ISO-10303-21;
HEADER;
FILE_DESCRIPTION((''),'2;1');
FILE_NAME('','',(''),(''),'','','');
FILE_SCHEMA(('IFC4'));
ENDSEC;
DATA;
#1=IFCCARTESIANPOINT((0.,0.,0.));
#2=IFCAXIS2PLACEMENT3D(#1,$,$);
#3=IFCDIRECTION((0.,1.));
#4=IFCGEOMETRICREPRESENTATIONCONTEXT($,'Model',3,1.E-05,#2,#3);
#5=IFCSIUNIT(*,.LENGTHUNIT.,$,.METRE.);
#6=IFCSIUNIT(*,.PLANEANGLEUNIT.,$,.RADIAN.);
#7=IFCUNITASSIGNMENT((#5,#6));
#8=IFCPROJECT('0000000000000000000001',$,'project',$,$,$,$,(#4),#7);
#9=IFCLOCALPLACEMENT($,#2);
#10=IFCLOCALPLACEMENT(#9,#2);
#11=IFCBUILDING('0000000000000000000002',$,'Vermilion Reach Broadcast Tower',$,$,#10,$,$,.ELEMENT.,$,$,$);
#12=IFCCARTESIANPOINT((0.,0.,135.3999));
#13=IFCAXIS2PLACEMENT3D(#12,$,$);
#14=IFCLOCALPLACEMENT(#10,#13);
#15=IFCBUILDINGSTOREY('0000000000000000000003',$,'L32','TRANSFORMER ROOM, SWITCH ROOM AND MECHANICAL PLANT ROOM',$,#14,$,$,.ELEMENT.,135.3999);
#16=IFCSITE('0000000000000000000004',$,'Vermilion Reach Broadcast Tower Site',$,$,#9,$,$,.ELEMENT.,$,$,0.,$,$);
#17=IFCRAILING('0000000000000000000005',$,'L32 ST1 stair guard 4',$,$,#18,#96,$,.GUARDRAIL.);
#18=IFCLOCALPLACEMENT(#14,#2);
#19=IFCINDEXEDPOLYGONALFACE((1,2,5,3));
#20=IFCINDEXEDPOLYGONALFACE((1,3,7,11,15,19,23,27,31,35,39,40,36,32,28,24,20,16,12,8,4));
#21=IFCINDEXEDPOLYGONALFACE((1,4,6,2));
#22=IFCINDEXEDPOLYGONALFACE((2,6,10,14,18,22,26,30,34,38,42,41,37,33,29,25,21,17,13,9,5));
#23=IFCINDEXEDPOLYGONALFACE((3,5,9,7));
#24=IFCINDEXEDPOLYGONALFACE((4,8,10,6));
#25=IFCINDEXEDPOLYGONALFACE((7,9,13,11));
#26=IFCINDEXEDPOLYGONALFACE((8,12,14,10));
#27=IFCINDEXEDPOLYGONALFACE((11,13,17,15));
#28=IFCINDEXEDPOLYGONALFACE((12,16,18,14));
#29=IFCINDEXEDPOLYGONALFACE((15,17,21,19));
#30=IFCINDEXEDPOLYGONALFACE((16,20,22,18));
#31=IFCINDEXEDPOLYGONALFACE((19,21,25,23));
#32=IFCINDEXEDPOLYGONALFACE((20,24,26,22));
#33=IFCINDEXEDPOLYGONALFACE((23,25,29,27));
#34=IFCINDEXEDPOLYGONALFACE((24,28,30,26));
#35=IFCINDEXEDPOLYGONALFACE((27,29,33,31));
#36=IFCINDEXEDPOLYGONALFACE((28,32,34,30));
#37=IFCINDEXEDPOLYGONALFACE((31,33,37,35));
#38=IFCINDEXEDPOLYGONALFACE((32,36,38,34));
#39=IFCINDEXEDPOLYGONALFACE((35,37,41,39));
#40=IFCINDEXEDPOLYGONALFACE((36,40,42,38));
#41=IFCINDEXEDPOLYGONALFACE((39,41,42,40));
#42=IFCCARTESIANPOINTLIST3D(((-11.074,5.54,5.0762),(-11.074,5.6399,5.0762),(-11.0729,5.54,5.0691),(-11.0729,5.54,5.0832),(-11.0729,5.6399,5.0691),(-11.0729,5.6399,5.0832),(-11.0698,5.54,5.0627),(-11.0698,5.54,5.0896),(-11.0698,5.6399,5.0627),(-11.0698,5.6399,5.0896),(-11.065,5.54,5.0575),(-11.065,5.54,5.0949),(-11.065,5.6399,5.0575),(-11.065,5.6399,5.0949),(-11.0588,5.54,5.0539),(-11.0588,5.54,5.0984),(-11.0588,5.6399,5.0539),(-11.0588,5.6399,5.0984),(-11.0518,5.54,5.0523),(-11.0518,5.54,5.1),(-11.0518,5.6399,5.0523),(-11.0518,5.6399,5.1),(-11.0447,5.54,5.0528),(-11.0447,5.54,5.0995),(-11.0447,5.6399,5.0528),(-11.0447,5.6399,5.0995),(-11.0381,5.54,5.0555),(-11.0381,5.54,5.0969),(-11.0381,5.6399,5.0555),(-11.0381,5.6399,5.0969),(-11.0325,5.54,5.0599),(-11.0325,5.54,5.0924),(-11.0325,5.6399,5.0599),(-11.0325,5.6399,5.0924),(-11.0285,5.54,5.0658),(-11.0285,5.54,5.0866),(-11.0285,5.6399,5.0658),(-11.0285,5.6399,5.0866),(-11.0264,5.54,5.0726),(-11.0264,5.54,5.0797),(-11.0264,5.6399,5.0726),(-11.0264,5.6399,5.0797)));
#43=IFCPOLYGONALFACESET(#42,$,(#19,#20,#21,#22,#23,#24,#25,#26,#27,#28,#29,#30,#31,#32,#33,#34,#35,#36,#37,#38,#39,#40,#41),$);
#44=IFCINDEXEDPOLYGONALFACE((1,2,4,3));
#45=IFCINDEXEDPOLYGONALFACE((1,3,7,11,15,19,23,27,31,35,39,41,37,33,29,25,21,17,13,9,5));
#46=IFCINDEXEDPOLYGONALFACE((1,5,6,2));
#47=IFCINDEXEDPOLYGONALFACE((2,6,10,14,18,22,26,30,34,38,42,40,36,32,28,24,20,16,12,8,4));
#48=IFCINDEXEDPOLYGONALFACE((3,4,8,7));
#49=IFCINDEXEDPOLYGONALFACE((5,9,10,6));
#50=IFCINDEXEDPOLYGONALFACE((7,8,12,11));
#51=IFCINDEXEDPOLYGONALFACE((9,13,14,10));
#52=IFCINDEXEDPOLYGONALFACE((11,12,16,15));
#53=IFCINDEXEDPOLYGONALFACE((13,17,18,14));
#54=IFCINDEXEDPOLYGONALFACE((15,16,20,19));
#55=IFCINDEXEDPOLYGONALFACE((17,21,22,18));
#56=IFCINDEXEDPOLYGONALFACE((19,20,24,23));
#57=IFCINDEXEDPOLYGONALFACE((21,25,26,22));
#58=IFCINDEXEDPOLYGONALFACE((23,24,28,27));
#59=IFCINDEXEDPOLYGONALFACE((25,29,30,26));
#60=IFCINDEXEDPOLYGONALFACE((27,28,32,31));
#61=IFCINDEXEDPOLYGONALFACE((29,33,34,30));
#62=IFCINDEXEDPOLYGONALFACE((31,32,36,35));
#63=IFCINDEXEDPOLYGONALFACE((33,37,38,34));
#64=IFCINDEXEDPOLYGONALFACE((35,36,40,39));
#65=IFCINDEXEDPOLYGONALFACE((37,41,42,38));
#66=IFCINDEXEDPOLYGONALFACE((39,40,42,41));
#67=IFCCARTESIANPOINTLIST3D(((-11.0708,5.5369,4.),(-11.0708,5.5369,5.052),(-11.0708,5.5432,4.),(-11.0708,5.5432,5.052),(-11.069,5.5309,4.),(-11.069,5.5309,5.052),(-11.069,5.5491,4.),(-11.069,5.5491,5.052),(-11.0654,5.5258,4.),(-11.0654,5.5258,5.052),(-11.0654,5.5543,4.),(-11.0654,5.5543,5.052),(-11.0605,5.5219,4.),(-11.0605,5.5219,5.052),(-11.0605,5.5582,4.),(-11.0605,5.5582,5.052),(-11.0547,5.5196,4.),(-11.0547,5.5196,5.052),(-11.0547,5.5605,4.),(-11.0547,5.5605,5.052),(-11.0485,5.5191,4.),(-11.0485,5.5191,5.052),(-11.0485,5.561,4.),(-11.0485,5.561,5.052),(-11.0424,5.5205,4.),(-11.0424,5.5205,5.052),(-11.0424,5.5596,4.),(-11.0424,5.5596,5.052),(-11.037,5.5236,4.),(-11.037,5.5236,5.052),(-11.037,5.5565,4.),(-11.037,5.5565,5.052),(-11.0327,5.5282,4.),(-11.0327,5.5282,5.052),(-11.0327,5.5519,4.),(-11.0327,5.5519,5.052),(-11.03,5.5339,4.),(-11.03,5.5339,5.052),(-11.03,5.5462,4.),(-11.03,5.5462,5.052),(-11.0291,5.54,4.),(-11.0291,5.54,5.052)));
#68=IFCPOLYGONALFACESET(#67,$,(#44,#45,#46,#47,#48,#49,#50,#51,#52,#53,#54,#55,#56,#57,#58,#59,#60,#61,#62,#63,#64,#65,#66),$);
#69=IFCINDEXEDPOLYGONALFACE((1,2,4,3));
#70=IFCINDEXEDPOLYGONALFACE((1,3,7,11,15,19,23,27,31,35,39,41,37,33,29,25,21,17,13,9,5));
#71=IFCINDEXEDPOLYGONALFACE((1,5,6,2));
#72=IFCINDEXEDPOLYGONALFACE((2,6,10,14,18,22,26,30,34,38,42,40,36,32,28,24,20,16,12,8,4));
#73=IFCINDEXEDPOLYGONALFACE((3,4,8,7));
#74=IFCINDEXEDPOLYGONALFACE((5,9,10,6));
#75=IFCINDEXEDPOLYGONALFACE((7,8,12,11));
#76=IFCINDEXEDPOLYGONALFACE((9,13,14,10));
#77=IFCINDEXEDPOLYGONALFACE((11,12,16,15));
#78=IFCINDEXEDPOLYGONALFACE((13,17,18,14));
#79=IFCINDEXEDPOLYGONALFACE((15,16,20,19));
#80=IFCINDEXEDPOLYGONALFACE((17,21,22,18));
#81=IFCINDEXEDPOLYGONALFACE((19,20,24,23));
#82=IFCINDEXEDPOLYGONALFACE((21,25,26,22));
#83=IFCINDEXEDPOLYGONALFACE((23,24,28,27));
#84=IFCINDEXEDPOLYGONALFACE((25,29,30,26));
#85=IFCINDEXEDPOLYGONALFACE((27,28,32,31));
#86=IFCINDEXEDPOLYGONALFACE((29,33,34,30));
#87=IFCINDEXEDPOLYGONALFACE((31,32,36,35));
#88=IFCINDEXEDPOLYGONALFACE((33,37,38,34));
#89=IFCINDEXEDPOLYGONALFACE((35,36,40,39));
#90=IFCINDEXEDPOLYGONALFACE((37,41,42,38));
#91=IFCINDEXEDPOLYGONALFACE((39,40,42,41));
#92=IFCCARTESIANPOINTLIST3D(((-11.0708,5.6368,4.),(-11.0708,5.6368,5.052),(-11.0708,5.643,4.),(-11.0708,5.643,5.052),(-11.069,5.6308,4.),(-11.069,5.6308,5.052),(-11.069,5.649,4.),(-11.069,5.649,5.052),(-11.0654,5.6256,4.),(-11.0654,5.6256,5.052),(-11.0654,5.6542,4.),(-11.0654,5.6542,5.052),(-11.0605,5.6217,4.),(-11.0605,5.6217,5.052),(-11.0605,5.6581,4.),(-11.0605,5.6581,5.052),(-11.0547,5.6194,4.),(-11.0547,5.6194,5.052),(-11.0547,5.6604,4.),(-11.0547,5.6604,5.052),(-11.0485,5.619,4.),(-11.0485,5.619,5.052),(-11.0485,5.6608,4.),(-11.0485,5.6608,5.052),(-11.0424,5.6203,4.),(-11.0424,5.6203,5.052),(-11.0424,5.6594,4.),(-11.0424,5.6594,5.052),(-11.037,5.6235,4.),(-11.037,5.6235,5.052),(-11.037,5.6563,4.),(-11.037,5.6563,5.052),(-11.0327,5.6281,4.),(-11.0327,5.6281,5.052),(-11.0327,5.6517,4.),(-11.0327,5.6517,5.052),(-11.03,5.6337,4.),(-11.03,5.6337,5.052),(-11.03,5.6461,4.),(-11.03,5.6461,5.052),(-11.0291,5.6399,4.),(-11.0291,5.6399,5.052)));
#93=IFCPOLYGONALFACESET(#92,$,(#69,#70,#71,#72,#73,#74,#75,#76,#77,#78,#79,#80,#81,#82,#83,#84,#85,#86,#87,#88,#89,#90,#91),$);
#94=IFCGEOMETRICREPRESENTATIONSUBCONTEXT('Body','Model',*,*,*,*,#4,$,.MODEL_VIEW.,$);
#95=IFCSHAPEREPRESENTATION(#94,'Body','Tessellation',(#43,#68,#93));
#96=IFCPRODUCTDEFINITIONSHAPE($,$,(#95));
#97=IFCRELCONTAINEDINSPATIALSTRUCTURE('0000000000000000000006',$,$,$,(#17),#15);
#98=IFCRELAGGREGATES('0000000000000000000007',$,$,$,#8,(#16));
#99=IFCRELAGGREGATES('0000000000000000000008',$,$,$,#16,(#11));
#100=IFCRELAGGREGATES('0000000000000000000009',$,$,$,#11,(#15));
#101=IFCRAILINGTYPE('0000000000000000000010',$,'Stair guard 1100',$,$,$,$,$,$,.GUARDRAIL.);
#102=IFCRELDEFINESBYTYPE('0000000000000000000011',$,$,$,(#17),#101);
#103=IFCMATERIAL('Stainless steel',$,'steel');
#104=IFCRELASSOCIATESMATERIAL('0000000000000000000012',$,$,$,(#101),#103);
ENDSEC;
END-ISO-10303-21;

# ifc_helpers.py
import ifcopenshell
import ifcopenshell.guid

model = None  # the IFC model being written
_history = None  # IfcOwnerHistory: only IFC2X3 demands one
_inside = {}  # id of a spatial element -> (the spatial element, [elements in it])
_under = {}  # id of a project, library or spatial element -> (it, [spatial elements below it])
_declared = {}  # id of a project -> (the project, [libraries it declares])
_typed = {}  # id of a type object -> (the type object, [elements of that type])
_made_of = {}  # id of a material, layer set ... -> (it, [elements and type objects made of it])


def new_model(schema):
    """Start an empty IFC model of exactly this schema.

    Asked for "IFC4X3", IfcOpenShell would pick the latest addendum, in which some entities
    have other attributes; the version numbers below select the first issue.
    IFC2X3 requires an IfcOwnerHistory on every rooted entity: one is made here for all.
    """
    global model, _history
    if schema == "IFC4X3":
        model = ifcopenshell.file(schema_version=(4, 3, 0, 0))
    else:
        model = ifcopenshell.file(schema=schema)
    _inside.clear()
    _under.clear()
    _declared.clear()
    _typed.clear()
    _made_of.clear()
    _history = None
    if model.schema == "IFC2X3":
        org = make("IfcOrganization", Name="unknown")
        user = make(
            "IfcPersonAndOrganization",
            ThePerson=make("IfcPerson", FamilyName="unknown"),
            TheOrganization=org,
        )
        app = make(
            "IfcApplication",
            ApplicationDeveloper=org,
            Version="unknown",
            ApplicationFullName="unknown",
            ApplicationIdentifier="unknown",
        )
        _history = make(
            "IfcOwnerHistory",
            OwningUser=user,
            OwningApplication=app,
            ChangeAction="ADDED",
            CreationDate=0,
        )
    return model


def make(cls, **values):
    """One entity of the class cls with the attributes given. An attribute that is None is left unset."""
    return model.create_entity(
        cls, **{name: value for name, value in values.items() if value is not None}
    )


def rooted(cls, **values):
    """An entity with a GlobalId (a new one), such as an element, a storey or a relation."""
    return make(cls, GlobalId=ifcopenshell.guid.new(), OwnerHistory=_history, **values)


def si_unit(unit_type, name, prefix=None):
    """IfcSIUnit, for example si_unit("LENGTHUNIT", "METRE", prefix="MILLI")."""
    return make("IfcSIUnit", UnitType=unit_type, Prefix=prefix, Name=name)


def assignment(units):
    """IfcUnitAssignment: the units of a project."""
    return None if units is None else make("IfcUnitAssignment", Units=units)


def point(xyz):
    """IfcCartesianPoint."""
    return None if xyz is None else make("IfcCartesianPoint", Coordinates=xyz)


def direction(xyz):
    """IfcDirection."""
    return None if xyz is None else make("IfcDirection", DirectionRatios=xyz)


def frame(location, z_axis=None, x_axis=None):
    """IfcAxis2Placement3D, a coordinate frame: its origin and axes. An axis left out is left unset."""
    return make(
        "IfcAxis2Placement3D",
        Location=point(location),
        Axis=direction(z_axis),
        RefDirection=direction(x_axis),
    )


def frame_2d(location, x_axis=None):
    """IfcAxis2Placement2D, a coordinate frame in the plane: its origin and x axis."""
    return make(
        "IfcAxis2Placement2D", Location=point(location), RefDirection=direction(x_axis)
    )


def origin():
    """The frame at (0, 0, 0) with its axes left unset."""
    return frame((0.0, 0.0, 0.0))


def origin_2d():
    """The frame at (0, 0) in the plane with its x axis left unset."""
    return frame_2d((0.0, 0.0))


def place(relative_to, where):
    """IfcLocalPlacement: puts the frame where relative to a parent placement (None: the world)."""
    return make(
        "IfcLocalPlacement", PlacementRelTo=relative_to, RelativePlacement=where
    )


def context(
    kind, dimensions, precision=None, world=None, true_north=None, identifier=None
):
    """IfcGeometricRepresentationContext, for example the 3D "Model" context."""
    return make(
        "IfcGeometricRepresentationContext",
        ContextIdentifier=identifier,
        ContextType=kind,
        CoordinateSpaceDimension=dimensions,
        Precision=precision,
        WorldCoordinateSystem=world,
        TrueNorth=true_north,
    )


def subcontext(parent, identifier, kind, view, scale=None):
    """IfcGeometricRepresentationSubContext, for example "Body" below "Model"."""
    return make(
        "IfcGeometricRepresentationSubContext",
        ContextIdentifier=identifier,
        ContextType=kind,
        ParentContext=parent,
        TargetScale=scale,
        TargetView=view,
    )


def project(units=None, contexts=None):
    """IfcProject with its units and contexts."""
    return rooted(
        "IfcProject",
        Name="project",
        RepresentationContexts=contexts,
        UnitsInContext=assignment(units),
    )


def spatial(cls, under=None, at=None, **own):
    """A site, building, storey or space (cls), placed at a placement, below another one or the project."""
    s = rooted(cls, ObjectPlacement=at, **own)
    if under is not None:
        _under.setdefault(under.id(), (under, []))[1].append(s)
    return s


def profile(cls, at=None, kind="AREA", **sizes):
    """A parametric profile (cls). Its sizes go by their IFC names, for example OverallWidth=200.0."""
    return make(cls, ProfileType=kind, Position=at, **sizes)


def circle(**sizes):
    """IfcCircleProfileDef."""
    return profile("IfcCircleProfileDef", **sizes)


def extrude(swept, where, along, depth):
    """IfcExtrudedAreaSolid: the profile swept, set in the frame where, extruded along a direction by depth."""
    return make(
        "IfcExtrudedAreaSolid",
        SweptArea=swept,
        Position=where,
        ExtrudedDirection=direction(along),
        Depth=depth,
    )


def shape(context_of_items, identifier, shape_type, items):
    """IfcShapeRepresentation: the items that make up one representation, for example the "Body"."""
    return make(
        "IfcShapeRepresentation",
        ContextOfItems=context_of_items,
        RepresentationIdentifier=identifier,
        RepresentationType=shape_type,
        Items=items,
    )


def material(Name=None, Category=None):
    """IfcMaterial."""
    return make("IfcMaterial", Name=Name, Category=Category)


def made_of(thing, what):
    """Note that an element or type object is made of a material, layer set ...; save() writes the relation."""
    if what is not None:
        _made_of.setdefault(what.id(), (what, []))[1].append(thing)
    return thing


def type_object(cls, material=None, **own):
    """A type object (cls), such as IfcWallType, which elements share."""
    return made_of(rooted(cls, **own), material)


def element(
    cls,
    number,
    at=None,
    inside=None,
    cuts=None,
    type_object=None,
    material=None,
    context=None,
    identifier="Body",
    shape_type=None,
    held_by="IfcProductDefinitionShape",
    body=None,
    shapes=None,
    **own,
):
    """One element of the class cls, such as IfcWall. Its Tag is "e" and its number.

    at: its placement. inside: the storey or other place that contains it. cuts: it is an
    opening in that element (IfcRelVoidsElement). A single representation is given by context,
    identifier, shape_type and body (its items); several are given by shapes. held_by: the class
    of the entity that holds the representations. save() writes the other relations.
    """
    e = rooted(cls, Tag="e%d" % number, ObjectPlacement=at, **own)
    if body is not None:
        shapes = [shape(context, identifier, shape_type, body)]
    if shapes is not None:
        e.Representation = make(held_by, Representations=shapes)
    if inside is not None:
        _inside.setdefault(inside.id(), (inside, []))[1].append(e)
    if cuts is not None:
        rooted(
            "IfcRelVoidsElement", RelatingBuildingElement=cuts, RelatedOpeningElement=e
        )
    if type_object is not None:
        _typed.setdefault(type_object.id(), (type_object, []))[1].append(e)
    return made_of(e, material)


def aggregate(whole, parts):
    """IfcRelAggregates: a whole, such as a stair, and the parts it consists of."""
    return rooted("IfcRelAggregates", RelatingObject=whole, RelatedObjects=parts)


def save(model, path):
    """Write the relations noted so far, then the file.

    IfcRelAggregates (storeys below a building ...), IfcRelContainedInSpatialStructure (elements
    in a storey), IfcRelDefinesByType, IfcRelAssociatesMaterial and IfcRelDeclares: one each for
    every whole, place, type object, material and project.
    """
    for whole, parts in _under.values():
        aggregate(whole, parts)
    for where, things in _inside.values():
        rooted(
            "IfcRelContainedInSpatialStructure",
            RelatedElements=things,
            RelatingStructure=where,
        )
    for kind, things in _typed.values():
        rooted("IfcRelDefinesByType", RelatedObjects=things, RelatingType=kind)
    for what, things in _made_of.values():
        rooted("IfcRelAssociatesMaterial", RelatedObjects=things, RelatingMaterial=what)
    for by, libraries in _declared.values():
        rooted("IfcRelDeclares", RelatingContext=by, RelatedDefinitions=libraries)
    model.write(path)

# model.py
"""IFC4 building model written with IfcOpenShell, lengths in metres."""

from ifc_helpers import new_model, si_unit, direction, frame, origin, origin_2d, place, context, subcontext, project, spatial, circle, extrude, material, type_object, element, save


model = new_model("IFC4")

# Units and contexts
model_context = context("Model", 3, precision=1e-05, world=origin(), true_north=direction((0.0, 1.0)))
body_context = subcontext(model_context, "Body", "Model", "MODEL_VIEW")
ifc_project = project(units=[si_unit("LENGTHUNIT", "METRE"), si_unit("PLANEANGLEUNIT", "RADIAN")], contexts=[model_context])

# Site, building, storey
site_placement = place(None, origin())
site = spatial("IfcSite", under=ifc_project, at=site_placement, Name="Vermilion Reach Broadcast Tower Site", CompositionType="ELEMENT", RefElevation=0.0)
building_placement = place(site_placement, origin())
building = spatial("IfcBuilding", under=site, at=building_placement, Name="Vermilion Reach Broadcast Tower", CompositionType="ELEMENT")
storey_placement = place(building_placement, frame((0.0, 0.0, 135.3999)))
storey = spatial("IfcBuildingStorey", under=building, at=storey_placement, Name="L32", Description="TRANSFORMER ROOM, SWITCH ROOM AND MECHANICAL PLANT ROOM", CompositionType="ELEMENT", Elevation=135.3999)

# Railing
ifc_material_1 = material(Name="Stainless steel", Category="steel")
railing_type_1 = type_object("IfcRailingType", Name="Stair guard 1100", PredefinedType="GUARDRAIL", material=ifc_material_1)
railing_1_placement = place(storey_placement, frame((-11.05, 5.54, 4.0)))
element("IfcRailing", 1, at=railing_1_placement, inside=storey, type_object=railing_type_1, Name="L32 ST1 stair guard 4", PredefinedType="GUARDRAIL", context=body_context, shape_type="SweptSolid", body=[
    extrude(circle(Radius=0.0239, at=origin_2d()), frame((0.0, 0.0, 1.0762), z_axis=(0.0, 1.0, 0.0), x_axis=(-1.0, 0.0, 0.0)), (0.0, 0.0, 1.0), 0.0999),
    extrude(circle(Radius=0.021, at=origin_2d()), origin(), (0.0, 0.0, 1.0), 1.052),
    extrude(circle(Radius=0.021, at=origin_2d()), frame((0.0, 0.0999, 0.0)), (0.0, 0.0, 1.0), 1.052),
])

save(model, "model.ifc")
